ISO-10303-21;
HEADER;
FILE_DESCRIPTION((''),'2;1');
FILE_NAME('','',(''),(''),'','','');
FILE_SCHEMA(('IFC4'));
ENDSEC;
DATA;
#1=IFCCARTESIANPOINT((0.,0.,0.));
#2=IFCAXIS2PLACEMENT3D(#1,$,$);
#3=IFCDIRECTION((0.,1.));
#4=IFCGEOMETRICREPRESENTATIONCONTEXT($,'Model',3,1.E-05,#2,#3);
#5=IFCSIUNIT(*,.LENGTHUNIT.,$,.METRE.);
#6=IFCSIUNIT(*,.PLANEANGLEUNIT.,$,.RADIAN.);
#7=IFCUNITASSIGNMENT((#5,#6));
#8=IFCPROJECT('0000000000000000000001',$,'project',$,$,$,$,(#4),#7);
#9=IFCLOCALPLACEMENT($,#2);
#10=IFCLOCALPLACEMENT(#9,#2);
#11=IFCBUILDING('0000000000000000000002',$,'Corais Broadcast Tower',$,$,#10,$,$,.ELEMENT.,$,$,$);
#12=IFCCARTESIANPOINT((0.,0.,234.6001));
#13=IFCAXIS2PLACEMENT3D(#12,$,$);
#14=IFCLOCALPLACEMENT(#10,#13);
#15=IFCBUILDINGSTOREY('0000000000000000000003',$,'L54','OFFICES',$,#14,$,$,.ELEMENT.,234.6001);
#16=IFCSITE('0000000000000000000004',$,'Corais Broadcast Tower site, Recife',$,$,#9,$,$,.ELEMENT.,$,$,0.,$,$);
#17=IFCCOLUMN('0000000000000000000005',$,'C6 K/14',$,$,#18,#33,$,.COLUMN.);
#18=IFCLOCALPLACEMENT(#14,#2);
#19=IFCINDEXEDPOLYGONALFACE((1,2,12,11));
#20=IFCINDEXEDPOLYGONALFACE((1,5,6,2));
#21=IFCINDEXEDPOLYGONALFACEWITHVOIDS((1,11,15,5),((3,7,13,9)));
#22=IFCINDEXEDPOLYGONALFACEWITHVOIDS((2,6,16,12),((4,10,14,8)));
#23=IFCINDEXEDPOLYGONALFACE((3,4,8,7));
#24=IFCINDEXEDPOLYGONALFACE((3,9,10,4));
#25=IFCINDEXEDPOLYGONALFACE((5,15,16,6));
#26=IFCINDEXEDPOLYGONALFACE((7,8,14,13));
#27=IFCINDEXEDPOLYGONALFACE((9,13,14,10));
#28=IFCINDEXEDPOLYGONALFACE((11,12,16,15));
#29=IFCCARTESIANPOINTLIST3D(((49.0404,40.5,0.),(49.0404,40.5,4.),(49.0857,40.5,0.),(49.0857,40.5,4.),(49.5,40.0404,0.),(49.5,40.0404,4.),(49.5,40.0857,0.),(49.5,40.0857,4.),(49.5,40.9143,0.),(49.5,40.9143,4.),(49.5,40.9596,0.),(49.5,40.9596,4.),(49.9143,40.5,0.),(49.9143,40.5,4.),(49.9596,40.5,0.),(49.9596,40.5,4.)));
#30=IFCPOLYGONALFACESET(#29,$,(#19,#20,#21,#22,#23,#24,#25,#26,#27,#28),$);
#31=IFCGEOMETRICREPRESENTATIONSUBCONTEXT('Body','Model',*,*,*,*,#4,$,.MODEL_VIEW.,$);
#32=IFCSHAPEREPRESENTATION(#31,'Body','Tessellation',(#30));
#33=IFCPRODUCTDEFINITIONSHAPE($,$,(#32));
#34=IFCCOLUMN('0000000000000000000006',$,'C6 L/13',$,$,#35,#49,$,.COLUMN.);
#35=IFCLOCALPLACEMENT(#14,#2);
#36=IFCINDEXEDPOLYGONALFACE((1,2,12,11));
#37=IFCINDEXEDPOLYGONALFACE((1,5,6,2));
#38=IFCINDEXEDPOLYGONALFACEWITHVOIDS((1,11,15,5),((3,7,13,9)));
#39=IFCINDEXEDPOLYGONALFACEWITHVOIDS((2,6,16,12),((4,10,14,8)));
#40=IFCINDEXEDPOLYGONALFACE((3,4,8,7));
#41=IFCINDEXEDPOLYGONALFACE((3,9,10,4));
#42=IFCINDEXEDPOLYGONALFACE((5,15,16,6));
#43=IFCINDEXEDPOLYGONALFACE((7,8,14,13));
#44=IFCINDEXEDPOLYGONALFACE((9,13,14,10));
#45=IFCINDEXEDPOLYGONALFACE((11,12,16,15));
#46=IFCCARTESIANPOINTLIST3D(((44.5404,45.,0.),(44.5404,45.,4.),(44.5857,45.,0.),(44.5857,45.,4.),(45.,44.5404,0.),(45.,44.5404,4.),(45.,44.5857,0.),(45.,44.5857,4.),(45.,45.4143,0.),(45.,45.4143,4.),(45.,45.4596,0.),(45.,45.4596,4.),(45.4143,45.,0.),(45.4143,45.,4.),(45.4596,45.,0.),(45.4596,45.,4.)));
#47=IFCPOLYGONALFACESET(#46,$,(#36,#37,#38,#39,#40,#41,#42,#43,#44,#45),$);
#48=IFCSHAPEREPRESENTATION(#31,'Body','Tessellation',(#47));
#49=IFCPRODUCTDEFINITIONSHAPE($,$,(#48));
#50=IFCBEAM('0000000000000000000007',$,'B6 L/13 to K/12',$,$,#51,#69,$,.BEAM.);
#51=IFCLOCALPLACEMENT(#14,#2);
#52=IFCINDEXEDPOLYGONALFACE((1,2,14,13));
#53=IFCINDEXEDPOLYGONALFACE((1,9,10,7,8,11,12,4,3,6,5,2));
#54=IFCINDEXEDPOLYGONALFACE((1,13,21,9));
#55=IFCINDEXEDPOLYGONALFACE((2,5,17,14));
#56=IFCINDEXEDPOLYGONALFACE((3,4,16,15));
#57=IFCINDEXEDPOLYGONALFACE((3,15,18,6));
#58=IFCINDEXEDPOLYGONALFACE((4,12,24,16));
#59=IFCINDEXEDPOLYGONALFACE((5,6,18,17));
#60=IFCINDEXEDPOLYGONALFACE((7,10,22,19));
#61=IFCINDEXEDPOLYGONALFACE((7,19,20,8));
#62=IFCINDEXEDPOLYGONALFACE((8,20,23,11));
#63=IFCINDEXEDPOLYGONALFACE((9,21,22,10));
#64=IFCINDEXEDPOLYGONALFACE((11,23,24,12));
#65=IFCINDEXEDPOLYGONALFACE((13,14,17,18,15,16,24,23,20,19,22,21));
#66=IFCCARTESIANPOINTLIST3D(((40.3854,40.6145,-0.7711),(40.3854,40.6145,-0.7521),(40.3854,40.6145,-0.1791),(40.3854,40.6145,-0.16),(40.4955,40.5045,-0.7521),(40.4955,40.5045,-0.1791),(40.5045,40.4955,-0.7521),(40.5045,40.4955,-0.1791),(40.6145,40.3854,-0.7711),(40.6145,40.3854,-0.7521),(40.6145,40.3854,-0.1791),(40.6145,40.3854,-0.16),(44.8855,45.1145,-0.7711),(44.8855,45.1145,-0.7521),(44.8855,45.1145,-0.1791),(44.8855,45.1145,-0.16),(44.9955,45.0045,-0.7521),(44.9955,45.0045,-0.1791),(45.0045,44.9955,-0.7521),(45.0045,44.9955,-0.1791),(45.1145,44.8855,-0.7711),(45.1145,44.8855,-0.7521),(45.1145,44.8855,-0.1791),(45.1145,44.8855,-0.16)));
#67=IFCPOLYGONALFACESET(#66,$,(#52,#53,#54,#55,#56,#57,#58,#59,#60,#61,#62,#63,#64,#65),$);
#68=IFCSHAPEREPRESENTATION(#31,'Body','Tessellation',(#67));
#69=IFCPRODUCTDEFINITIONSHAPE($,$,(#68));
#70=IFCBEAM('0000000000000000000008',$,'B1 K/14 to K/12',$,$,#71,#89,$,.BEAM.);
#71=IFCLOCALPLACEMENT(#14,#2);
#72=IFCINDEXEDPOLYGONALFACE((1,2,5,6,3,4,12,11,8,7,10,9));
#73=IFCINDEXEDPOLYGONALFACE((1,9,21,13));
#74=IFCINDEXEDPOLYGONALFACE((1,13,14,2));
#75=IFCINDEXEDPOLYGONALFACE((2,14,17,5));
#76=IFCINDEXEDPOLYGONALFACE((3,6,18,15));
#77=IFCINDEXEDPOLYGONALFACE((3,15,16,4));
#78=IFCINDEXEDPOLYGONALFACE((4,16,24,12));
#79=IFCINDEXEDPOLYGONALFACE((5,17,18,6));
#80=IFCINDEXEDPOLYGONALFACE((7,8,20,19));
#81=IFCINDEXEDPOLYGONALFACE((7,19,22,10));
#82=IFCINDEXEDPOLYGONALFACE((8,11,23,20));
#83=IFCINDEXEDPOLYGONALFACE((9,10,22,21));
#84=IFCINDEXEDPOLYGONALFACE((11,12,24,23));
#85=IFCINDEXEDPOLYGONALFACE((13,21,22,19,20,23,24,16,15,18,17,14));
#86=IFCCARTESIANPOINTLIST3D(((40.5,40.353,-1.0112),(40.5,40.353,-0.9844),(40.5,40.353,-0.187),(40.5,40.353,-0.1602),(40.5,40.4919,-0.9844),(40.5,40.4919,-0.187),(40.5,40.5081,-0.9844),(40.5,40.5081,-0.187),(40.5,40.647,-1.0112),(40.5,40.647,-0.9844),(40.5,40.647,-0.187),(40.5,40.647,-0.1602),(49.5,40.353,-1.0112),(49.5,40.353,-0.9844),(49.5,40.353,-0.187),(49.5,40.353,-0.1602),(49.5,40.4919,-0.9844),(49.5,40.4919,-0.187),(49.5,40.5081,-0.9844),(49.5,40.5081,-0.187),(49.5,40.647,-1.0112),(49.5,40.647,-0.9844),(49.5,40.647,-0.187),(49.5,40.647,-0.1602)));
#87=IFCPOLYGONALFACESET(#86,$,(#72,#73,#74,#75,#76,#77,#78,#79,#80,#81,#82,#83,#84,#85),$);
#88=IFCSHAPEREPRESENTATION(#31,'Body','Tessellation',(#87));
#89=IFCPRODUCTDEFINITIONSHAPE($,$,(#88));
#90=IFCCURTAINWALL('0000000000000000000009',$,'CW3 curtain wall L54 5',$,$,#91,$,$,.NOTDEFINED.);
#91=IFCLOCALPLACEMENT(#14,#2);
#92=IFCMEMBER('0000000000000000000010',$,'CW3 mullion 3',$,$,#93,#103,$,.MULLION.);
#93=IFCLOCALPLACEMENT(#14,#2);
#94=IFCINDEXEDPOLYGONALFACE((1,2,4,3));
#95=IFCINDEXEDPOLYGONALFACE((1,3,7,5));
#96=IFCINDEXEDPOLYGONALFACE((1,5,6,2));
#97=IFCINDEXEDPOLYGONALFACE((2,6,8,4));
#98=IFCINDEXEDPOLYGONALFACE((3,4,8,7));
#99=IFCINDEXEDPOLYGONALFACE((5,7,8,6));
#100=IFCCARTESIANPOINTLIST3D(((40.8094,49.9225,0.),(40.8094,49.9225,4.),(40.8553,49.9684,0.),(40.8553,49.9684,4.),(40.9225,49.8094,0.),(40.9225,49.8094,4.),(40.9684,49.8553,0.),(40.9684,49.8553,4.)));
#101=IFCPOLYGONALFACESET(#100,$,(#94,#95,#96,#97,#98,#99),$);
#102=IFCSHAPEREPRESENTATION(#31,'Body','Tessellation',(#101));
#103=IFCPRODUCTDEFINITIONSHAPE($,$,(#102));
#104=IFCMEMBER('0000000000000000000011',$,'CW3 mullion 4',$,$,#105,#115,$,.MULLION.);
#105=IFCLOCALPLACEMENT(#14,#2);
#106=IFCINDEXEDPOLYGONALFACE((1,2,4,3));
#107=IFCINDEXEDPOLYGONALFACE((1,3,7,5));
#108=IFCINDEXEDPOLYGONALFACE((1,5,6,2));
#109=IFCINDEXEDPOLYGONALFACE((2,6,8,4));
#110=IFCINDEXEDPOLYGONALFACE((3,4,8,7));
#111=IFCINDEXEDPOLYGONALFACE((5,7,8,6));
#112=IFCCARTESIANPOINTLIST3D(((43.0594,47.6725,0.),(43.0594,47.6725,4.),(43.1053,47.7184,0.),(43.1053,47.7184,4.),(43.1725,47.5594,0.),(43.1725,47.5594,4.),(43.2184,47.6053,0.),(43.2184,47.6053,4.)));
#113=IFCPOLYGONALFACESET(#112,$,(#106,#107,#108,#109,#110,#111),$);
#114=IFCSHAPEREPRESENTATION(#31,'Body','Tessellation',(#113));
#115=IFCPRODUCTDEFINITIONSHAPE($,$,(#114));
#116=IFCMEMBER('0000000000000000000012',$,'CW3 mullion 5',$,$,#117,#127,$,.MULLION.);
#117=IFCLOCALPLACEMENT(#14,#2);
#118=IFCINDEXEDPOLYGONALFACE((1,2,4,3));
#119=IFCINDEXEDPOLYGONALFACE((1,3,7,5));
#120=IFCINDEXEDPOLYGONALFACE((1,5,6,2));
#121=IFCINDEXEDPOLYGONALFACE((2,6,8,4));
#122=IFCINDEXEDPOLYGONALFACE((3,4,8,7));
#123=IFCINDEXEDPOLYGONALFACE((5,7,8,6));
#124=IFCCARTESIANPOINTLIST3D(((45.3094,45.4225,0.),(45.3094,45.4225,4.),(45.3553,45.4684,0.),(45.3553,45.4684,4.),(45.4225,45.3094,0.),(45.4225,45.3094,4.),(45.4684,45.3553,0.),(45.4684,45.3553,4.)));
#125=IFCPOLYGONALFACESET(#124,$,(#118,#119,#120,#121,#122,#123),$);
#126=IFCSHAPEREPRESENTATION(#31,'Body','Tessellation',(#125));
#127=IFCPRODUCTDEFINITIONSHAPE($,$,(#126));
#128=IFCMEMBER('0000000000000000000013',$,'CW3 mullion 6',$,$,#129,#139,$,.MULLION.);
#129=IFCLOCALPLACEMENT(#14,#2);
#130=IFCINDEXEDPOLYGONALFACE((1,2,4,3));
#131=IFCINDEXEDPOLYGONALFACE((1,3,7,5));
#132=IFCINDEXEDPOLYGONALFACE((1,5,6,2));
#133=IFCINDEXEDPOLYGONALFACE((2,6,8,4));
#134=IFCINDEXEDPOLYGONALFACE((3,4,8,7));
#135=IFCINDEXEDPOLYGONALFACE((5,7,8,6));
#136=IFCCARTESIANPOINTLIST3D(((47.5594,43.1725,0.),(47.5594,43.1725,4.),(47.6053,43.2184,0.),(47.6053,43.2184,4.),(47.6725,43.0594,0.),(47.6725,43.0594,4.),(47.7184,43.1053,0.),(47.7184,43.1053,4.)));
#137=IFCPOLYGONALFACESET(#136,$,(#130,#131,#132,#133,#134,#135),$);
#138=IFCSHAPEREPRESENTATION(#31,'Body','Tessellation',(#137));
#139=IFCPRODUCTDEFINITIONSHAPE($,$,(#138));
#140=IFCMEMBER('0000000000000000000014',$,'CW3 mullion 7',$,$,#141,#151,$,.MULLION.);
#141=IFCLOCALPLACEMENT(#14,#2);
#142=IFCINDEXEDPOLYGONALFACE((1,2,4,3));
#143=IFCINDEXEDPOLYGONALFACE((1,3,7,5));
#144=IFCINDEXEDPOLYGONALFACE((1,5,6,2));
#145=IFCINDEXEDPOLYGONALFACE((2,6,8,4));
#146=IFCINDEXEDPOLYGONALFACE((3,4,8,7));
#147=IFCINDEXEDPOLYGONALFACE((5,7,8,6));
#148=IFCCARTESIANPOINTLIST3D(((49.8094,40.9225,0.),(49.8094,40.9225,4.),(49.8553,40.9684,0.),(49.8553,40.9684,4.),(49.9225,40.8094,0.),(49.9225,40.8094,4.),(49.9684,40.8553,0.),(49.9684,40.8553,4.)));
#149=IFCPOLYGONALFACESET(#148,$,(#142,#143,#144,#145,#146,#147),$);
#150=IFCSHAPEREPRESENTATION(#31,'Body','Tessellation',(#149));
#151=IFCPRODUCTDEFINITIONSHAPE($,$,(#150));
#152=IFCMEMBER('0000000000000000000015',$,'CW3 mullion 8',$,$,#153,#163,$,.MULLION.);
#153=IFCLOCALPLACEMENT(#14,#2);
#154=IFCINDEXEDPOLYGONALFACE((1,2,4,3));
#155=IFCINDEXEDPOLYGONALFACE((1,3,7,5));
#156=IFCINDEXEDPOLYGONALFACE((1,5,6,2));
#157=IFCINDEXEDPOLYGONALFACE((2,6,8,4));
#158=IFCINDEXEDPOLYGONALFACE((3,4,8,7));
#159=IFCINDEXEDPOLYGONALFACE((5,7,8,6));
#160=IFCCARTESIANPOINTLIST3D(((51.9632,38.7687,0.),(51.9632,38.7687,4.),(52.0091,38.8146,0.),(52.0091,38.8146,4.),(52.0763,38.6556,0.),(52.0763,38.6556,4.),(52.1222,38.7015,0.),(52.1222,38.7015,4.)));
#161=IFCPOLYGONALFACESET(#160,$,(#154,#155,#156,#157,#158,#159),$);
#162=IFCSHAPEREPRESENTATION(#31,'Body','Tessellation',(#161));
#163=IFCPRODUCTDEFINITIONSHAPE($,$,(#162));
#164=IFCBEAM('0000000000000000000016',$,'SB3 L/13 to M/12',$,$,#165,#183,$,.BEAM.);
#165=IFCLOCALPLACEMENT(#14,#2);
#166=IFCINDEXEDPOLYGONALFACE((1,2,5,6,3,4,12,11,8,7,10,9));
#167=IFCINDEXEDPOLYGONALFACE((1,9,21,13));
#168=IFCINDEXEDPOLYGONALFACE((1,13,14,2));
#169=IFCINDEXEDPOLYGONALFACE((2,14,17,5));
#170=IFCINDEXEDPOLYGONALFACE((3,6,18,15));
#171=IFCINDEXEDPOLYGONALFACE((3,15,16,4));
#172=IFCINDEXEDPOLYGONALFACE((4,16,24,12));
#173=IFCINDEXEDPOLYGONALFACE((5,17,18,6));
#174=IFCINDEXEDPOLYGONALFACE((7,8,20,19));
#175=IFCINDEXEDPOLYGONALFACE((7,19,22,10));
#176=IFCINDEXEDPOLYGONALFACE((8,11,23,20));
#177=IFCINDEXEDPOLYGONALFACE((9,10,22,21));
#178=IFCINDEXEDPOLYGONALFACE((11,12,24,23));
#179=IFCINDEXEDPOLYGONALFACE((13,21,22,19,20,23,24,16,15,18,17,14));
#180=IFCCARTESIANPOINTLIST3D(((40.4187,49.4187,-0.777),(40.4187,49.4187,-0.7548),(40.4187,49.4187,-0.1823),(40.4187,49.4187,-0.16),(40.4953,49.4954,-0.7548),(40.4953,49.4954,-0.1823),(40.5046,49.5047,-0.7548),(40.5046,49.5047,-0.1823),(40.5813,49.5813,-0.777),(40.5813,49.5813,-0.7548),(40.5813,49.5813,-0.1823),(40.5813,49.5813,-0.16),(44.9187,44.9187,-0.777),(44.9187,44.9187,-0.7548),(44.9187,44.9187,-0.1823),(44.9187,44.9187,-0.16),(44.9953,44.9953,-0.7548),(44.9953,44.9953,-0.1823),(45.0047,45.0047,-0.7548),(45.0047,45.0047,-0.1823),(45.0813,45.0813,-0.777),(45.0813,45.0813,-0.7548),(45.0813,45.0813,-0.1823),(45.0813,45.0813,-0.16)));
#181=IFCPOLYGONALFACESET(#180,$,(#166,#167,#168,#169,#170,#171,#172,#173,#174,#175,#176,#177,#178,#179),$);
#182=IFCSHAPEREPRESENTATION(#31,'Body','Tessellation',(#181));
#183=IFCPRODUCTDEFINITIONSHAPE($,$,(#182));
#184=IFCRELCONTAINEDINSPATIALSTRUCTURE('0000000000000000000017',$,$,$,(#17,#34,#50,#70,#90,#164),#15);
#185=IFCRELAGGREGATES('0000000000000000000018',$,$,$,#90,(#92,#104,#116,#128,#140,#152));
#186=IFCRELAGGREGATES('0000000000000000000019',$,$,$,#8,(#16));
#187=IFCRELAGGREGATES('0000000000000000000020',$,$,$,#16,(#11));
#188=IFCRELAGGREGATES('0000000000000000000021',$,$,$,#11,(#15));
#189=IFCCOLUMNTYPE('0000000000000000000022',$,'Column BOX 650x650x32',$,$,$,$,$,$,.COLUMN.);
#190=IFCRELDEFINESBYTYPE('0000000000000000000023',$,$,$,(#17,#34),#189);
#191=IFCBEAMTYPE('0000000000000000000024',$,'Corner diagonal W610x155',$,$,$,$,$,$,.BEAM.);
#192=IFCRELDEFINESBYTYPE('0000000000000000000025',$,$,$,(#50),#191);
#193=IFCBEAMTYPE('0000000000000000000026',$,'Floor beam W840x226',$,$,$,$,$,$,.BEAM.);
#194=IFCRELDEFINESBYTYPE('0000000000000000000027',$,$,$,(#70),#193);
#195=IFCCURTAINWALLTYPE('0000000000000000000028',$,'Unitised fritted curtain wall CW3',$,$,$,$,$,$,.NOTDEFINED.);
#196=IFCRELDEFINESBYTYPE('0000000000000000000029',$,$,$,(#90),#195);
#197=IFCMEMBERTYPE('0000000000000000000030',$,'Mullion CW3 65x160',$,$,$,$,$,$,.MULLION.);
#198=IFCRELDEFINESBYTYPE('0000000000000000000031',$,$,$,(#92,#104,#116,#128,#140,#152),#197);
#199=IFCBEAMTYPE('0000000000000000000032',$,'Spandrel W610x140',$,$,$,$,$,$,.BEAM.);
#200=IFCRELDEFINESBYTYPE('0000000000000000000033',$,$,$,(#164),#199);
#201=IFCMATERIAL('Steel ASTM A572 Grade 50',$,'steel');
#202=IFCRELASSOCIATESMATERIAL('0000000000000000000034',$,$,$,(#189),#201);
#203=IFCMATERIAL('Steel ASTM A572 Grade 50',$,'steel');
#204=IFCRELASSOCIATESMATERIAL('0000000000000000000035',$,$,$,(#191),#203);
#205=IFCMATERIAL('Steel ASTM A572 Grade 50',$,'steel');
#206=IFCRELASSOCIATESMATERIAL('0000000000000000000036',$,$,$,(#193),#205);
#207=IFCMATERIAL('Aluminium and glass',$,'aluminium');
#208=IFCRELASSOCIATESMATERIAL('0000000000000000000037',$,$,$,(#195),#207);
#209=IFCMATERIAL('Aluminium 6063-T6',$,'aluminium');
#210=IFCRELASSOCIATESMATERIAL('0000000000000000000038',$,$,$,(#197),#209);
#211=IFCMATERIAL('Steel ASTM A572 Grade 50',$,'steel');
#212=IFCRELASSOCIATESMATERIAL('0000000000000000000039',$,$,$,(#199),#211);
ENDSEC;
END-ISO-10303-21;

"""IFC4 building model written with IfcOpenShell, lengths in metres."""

from ifc_helpers import new_model, si_unit, direction, frame, origin, origin_2d, place, context, subcontext, project, spatial, rectangle, hollow_rectangle, i_section, extrude, material, material_profile, profile_set, type_object, element, aggregate, save


model = new_model("IFC4")

# Units and contexts
model_context = context("Model", 3, precision=1e-05, world=origin(), true_north=direction((0.0, 1.0)))
body_context = subcontext(model_context, "Body", "Model", "MODEL_VIEW")
ifc_project = project(units=[si_unit("LENGTHUNIT", "METRE"), si_unit("PLANEANGLEUNIT", "RADIAN")], contexts=[model_context])

# Site, building, storey
site_placement = place(None, origin())
site = spatial("IfcSite", under=ifc_project, at=site_placement, Name="Corais Broadcast Tower site, Recife", CompositionType="ELEMENT", RefElevation=0.0)
building_placement = place(site_placement, origin())
building = spatial("IfcBuilding", under=site, at=building_placement, Name="Corais Broadcast Tower", CompositionType="ELEMENT")
storey_placement = place(building_placement, frame((0.0, 0.0, 234.6001)))
storey = spatial("IfcBuildingStorey", under=building, at=storey_placement, Name="L54", Description="OFFICES", CompositionType="ELEMENT", Elevation=234.6001)

# Columns
ifc_material_1 = material(Name="Steel ASTM A572 Grade 50", Category="steel")
ifc_material_profile_1 = material_profile(ifc_material_1, hollow_rectangle(XDim=0.6499, YDim=0.6499, WallThickness=0.032, at=origin_2d()), Name="BOX 650x650x32")
ifc_profile_set_1 = profile_set([ifc_material_profile_1], Name="Steel ASTM A572 Grade 50")
column_type = type_object("IfcColumnType", Name="Column BOX 650x650x32", PredefinedType="COLUMN", material=ifc_profile_set_1)
for number, where, z_axis, x_axis, name in (
    (1, (49.5, 40.5, 0.0), (0.0, 0.0, 1.0), (0.707107, 0.707107, 0.0), "C6 K/14"),
    (2, (45.0, 45.0, 0.0), (0.0, 0.0, 1.0), (0.707107, 0.707107, 0.0), "C6 L/13"),
):
    element("IfcColumn", number, at=place(storey_placement, frame(where, z_axis=z_axis, x_axis=x_axis)), inside=storey, type_object=column_type, Name=name, PredefinedType="COLUMN", context=body_context, shape_type="SweptSolid", body=[
        extrude(hollow_rectangle(XDim=0.6499, YDim=0.6499, WallThickness=0.032, at=origin_2d()), origin(), (0.0, 0.0, 1.0), 4.0),
    ])

# Beams
ifc_material_2 = material(Name="Steel ASTM A572 Grade 50", Category="steel")
ifc_material_profile_2 = material_profile(ifc_material_2, i_section(OverallWidth=0.324, OverallDepth=0.6111, WebThickness=0.0127, FlangeThickness=0.019, at=origin_2d()), Name="W610x155")
ifc_profile_set_2 = profile_set([ifc_material_profile_2], Name="Steel ASTM A572 Grade 50")
beam_type_1 = type_object("IfcBeamType", Name="Corner diagonal W610x155", PredefinedType="BEAM", material=ifc_profile_set_2)
beam_1_placement = place(storey_placement, frame((45.0, 45.0, -0.4656), z_axis=(-0.707107, -0.707107, 0.0), x_axis=(0.707107, -0.707107, 0.0)))
element("IfcBeam", 3, at=beam_1_placement, inside=storey, type_object=beam_type_1, Name="B6 L/13 to K/12", PredefinedType="BEAM", context=body_context, shape_type="SweptSolid", body=[
    extrude(i_section(OverallWidth=0.324, OverallDepth=0.6111, WebThickness=0.0127, FlangeThickness=0.019, at=origin_2d()), origin(), (0.0, 0.0, 1.0), 6.364),
])
ifc_material_3 = material(Name="Steel ASTM A572 Grade 50", Category="steel")
ifc_material_profile_3 = material_profile(ifc_material_3, i_section(OverallWidth=0.2939, OverallDepth=0.8511, WebThickness=0.0161, FlangeThickness=0.0269, at=origin_2d()), Name="W840x226")
ifc_profile_set_3 = profile_set([ifc_material_profile_3], Name="Steel ASTM A572 Grade 50")
beam_type_2 = type_object("IfcBeamType", Name="Floor beam W840x226", PredefinedType="BEAM", material=ifc_profile_set_3)
beam_2_placement = place(storey_placement, frame((49.5, 40.5, -0.5857), z_axis=(-1.0, 0.0, 0.0), x_axis=(0.0, -1.0, 0.0)))
element("IfcBeam", 4, at=beam_2_placement, inside=storey, type_object=beam_type_2, Name="B1 K/14 to K/12", PredefinedType="BEAM", context=body_context, shape_type="SweptSolid", body=[
    extrude(i_section(OverallWidth=0.2939, OverallDepth=0.8511, WebThickness=0.0161, FlangeThickness=0.0269, at=origin_2d()), origin(), (0.0, 0.0, 1.0), 9.0),
])

# Curtain wall, members
ifc_material_4 = material(Name="Aluminium and glass", Category="aluminium")
curtain_wall_type = type_object("IfcCurtainWallType", Name="Unitised fritted curtain wall CW3", PredefinedType="NOTDEFINED", material=ifc_material_4)
curtain_wall_placement = place(storey_placement, origin())
curtain_wall = element("IfcCurtainWall", 5, at=curtain_wall_placement, inside=storey, type_object=curtain_wall_type, Name="CW3 curtain wall L54 5", PredefinedType="NOTDEFINED")
ifc_material_5 = material(Name="Aluminium 6063-T6", Category="aluminium")
ifc_material_profile_4 = material_profile(ifc_material_5, rectangle(XDim=0.0649, YDim=0.1599, at=origin_2d()), Name="Mullion CW3 65x160")
ifc_profile_set_4 = profile_set([ifc_material_profile_4], Name="Aluminium 6063-T6")
member_type_1 = type_object("IfcMemberType", Name="Mullion CW3 65x160", PredefinedType="MULLION", material=ifc_profile_set_4)
member_1_placement = place(storey_placement, frame((40.8889, 49.8889, 0.0), z_axis=(0.0, 0.0, 1.0), x_axis=(0.707107, 0.707107, 0.0)))
member_1 = element("IfcMember", 6, at=member_1_placement, type_object=member_type_1, Name="CW3 mullion 3", PredefinedType="MULLION", context=body_context, shape_type="SweptSolid", body=[
    extrude(rectangle(XDim=0.0649, YDim=0.1599, at=origin_2d()), origin(), (0.0, 0.0, 1.0), 4.0),
])
member_2_placement = place(storey_placement, frame((43.1389, 47.6389, 0.0), z_axis=(0.0, 0.0, 1.0), x_axis=(0.707107, 0.707107, 0.0)))
member_2 = element("IfcMember", 7, at=member_2_placement, type_object=member_type_1, Name="CW3 mullion 4", PredefinedType="MULLION", context=body_context, shape_type="SweptSolid", body=[
    extrude(rectangle(XDim=0.0649, YDim=0.1599, at=origin_2d()), origin(), (0.0, 0.0, 1.0), 4.0),
])
member_3_placement = place(storey_placement, frame((45.3889, 45.3889, 0.0), z_axis=(0.0, 0.0, 1.0), x_axis=(0.707107, 0.707107, 0.0)))
member_3 = element("IfcMember", 8, at=member_3_placement, type_object=member_type_1, Name="CW3 mullion 5", PredefinedType="MULLION", context=body_context, shape_type="SweptSolid", body=[
    extrude(rectangle(XDim=0.0649, YDim=0.1599, at=origin_2d()), origin(), (0.0, 0.0, 1.0), 4.0),
])
member_4_placement = place(storey_placement, frame((47.6389, 43.1389, 0.0), z_axis=(0.0, 0.0, 1.0), x_axis=(0.707107, 0.707107, 0.0)))
member_4 = element("IfcMember", 9, at=member_4_placement, type_object=member_type_1, Name="CW3 mullion 6", PredefinedType="MULLION", context=body_context, shape_type="SweptSolid", body=[
    extrude(rectangle(XDim=0.0649, YDim=0.1599, at=origin_2d()), origin(), (0.0, 0.0, 1.0), 4.0),
])
member_5_placement = place(storey_placement, frame((49.8889, 40.8889, 0.0), z_axis=(0.0, 0.0, 1.0), x_axis=(0.707107, 0.707107, 0.0)))
member_5 = element("IfcMember", 10, at=member_5_placement, type_object=member_type_1, Name="CW3 mullion 7", PredefinedType="MULLION", context=body_context, shape_type="SweptSolid", body=[
    extrude(rectangle(XDim=0.0649, YDim=0.1599, at=origin_2d()), origin(), (0.0, 0.0, 1.0), 4.0),
])
member_6_placement = place(storey_placement, frame((52.0427, 38.7351, 0.0), z_axis=(0.0, 0.0, 1.0), x_axis=(0.707107, 0.707107, 0.0)))
member_6 = element("IfcMember", 11, at=member_6_placement, type_object=member_type_1, Name="CW3 mullion 8", PredefinedType="MULLION", context=body_context, shape_type="SweptSolid", body=[
    extrude(rectangle(XDim=0.0649, YDim=0.1599, at=origin_2d()), origin(), (0.0, 0.0, 1.0), 4.0),
])

# Beam
ifc_material_6 = material(Name="Steel ASTM A572 Grade 50", Category="steel")
ifc_material_profile_5 = material_profile(ifc_material_6, i_section(OverallWidth=0.23, OverallDepth=0.6169, WebThickness=0.0132, FlangeThickness=0.0222, at=origin_2d()), Name="W610x140")
ifc_profile_set_5 = profile_set([ifc_material_profile_5], Name="Steel ASTM A572 Grade 50")
beam_type_3 = type_object("IfcBeamType", Name="Spandrel W610x140", PredefinedType="BEAM", material=ifc_profile_set_5)
for number, where, z_axis, x_axis, name in (
    (12, (45.0, 45.0, -0.4685), (-0.707107, 0.707107, 0.0), (-0.707107, -0.707107, 0.0), "SB3 L/13 to M/12"),
):
    element("IfcBeam", number, at=place(storey_placement, frame(where, z_axis=z_axis, x_axis=x_axis)), inside=storey, type_object=beam_type_3, Name=name, PredefinedType="BEAM", context=body_context, shape_type="SweptSolid", body=[
        extrude(i_section(OverallWidth=0.23, OverallDepth=0.6169, WebThickness=0.0132, FlangeThickness=0.0222, at=origin_2d()), origin(), (0.0, 0.0, 1.0), 6.364),
    ])

aggregate(curtain_wall, [member_1, member_2, member_3, member_4, member_5, member_6])

save(model, "model.ifc")
